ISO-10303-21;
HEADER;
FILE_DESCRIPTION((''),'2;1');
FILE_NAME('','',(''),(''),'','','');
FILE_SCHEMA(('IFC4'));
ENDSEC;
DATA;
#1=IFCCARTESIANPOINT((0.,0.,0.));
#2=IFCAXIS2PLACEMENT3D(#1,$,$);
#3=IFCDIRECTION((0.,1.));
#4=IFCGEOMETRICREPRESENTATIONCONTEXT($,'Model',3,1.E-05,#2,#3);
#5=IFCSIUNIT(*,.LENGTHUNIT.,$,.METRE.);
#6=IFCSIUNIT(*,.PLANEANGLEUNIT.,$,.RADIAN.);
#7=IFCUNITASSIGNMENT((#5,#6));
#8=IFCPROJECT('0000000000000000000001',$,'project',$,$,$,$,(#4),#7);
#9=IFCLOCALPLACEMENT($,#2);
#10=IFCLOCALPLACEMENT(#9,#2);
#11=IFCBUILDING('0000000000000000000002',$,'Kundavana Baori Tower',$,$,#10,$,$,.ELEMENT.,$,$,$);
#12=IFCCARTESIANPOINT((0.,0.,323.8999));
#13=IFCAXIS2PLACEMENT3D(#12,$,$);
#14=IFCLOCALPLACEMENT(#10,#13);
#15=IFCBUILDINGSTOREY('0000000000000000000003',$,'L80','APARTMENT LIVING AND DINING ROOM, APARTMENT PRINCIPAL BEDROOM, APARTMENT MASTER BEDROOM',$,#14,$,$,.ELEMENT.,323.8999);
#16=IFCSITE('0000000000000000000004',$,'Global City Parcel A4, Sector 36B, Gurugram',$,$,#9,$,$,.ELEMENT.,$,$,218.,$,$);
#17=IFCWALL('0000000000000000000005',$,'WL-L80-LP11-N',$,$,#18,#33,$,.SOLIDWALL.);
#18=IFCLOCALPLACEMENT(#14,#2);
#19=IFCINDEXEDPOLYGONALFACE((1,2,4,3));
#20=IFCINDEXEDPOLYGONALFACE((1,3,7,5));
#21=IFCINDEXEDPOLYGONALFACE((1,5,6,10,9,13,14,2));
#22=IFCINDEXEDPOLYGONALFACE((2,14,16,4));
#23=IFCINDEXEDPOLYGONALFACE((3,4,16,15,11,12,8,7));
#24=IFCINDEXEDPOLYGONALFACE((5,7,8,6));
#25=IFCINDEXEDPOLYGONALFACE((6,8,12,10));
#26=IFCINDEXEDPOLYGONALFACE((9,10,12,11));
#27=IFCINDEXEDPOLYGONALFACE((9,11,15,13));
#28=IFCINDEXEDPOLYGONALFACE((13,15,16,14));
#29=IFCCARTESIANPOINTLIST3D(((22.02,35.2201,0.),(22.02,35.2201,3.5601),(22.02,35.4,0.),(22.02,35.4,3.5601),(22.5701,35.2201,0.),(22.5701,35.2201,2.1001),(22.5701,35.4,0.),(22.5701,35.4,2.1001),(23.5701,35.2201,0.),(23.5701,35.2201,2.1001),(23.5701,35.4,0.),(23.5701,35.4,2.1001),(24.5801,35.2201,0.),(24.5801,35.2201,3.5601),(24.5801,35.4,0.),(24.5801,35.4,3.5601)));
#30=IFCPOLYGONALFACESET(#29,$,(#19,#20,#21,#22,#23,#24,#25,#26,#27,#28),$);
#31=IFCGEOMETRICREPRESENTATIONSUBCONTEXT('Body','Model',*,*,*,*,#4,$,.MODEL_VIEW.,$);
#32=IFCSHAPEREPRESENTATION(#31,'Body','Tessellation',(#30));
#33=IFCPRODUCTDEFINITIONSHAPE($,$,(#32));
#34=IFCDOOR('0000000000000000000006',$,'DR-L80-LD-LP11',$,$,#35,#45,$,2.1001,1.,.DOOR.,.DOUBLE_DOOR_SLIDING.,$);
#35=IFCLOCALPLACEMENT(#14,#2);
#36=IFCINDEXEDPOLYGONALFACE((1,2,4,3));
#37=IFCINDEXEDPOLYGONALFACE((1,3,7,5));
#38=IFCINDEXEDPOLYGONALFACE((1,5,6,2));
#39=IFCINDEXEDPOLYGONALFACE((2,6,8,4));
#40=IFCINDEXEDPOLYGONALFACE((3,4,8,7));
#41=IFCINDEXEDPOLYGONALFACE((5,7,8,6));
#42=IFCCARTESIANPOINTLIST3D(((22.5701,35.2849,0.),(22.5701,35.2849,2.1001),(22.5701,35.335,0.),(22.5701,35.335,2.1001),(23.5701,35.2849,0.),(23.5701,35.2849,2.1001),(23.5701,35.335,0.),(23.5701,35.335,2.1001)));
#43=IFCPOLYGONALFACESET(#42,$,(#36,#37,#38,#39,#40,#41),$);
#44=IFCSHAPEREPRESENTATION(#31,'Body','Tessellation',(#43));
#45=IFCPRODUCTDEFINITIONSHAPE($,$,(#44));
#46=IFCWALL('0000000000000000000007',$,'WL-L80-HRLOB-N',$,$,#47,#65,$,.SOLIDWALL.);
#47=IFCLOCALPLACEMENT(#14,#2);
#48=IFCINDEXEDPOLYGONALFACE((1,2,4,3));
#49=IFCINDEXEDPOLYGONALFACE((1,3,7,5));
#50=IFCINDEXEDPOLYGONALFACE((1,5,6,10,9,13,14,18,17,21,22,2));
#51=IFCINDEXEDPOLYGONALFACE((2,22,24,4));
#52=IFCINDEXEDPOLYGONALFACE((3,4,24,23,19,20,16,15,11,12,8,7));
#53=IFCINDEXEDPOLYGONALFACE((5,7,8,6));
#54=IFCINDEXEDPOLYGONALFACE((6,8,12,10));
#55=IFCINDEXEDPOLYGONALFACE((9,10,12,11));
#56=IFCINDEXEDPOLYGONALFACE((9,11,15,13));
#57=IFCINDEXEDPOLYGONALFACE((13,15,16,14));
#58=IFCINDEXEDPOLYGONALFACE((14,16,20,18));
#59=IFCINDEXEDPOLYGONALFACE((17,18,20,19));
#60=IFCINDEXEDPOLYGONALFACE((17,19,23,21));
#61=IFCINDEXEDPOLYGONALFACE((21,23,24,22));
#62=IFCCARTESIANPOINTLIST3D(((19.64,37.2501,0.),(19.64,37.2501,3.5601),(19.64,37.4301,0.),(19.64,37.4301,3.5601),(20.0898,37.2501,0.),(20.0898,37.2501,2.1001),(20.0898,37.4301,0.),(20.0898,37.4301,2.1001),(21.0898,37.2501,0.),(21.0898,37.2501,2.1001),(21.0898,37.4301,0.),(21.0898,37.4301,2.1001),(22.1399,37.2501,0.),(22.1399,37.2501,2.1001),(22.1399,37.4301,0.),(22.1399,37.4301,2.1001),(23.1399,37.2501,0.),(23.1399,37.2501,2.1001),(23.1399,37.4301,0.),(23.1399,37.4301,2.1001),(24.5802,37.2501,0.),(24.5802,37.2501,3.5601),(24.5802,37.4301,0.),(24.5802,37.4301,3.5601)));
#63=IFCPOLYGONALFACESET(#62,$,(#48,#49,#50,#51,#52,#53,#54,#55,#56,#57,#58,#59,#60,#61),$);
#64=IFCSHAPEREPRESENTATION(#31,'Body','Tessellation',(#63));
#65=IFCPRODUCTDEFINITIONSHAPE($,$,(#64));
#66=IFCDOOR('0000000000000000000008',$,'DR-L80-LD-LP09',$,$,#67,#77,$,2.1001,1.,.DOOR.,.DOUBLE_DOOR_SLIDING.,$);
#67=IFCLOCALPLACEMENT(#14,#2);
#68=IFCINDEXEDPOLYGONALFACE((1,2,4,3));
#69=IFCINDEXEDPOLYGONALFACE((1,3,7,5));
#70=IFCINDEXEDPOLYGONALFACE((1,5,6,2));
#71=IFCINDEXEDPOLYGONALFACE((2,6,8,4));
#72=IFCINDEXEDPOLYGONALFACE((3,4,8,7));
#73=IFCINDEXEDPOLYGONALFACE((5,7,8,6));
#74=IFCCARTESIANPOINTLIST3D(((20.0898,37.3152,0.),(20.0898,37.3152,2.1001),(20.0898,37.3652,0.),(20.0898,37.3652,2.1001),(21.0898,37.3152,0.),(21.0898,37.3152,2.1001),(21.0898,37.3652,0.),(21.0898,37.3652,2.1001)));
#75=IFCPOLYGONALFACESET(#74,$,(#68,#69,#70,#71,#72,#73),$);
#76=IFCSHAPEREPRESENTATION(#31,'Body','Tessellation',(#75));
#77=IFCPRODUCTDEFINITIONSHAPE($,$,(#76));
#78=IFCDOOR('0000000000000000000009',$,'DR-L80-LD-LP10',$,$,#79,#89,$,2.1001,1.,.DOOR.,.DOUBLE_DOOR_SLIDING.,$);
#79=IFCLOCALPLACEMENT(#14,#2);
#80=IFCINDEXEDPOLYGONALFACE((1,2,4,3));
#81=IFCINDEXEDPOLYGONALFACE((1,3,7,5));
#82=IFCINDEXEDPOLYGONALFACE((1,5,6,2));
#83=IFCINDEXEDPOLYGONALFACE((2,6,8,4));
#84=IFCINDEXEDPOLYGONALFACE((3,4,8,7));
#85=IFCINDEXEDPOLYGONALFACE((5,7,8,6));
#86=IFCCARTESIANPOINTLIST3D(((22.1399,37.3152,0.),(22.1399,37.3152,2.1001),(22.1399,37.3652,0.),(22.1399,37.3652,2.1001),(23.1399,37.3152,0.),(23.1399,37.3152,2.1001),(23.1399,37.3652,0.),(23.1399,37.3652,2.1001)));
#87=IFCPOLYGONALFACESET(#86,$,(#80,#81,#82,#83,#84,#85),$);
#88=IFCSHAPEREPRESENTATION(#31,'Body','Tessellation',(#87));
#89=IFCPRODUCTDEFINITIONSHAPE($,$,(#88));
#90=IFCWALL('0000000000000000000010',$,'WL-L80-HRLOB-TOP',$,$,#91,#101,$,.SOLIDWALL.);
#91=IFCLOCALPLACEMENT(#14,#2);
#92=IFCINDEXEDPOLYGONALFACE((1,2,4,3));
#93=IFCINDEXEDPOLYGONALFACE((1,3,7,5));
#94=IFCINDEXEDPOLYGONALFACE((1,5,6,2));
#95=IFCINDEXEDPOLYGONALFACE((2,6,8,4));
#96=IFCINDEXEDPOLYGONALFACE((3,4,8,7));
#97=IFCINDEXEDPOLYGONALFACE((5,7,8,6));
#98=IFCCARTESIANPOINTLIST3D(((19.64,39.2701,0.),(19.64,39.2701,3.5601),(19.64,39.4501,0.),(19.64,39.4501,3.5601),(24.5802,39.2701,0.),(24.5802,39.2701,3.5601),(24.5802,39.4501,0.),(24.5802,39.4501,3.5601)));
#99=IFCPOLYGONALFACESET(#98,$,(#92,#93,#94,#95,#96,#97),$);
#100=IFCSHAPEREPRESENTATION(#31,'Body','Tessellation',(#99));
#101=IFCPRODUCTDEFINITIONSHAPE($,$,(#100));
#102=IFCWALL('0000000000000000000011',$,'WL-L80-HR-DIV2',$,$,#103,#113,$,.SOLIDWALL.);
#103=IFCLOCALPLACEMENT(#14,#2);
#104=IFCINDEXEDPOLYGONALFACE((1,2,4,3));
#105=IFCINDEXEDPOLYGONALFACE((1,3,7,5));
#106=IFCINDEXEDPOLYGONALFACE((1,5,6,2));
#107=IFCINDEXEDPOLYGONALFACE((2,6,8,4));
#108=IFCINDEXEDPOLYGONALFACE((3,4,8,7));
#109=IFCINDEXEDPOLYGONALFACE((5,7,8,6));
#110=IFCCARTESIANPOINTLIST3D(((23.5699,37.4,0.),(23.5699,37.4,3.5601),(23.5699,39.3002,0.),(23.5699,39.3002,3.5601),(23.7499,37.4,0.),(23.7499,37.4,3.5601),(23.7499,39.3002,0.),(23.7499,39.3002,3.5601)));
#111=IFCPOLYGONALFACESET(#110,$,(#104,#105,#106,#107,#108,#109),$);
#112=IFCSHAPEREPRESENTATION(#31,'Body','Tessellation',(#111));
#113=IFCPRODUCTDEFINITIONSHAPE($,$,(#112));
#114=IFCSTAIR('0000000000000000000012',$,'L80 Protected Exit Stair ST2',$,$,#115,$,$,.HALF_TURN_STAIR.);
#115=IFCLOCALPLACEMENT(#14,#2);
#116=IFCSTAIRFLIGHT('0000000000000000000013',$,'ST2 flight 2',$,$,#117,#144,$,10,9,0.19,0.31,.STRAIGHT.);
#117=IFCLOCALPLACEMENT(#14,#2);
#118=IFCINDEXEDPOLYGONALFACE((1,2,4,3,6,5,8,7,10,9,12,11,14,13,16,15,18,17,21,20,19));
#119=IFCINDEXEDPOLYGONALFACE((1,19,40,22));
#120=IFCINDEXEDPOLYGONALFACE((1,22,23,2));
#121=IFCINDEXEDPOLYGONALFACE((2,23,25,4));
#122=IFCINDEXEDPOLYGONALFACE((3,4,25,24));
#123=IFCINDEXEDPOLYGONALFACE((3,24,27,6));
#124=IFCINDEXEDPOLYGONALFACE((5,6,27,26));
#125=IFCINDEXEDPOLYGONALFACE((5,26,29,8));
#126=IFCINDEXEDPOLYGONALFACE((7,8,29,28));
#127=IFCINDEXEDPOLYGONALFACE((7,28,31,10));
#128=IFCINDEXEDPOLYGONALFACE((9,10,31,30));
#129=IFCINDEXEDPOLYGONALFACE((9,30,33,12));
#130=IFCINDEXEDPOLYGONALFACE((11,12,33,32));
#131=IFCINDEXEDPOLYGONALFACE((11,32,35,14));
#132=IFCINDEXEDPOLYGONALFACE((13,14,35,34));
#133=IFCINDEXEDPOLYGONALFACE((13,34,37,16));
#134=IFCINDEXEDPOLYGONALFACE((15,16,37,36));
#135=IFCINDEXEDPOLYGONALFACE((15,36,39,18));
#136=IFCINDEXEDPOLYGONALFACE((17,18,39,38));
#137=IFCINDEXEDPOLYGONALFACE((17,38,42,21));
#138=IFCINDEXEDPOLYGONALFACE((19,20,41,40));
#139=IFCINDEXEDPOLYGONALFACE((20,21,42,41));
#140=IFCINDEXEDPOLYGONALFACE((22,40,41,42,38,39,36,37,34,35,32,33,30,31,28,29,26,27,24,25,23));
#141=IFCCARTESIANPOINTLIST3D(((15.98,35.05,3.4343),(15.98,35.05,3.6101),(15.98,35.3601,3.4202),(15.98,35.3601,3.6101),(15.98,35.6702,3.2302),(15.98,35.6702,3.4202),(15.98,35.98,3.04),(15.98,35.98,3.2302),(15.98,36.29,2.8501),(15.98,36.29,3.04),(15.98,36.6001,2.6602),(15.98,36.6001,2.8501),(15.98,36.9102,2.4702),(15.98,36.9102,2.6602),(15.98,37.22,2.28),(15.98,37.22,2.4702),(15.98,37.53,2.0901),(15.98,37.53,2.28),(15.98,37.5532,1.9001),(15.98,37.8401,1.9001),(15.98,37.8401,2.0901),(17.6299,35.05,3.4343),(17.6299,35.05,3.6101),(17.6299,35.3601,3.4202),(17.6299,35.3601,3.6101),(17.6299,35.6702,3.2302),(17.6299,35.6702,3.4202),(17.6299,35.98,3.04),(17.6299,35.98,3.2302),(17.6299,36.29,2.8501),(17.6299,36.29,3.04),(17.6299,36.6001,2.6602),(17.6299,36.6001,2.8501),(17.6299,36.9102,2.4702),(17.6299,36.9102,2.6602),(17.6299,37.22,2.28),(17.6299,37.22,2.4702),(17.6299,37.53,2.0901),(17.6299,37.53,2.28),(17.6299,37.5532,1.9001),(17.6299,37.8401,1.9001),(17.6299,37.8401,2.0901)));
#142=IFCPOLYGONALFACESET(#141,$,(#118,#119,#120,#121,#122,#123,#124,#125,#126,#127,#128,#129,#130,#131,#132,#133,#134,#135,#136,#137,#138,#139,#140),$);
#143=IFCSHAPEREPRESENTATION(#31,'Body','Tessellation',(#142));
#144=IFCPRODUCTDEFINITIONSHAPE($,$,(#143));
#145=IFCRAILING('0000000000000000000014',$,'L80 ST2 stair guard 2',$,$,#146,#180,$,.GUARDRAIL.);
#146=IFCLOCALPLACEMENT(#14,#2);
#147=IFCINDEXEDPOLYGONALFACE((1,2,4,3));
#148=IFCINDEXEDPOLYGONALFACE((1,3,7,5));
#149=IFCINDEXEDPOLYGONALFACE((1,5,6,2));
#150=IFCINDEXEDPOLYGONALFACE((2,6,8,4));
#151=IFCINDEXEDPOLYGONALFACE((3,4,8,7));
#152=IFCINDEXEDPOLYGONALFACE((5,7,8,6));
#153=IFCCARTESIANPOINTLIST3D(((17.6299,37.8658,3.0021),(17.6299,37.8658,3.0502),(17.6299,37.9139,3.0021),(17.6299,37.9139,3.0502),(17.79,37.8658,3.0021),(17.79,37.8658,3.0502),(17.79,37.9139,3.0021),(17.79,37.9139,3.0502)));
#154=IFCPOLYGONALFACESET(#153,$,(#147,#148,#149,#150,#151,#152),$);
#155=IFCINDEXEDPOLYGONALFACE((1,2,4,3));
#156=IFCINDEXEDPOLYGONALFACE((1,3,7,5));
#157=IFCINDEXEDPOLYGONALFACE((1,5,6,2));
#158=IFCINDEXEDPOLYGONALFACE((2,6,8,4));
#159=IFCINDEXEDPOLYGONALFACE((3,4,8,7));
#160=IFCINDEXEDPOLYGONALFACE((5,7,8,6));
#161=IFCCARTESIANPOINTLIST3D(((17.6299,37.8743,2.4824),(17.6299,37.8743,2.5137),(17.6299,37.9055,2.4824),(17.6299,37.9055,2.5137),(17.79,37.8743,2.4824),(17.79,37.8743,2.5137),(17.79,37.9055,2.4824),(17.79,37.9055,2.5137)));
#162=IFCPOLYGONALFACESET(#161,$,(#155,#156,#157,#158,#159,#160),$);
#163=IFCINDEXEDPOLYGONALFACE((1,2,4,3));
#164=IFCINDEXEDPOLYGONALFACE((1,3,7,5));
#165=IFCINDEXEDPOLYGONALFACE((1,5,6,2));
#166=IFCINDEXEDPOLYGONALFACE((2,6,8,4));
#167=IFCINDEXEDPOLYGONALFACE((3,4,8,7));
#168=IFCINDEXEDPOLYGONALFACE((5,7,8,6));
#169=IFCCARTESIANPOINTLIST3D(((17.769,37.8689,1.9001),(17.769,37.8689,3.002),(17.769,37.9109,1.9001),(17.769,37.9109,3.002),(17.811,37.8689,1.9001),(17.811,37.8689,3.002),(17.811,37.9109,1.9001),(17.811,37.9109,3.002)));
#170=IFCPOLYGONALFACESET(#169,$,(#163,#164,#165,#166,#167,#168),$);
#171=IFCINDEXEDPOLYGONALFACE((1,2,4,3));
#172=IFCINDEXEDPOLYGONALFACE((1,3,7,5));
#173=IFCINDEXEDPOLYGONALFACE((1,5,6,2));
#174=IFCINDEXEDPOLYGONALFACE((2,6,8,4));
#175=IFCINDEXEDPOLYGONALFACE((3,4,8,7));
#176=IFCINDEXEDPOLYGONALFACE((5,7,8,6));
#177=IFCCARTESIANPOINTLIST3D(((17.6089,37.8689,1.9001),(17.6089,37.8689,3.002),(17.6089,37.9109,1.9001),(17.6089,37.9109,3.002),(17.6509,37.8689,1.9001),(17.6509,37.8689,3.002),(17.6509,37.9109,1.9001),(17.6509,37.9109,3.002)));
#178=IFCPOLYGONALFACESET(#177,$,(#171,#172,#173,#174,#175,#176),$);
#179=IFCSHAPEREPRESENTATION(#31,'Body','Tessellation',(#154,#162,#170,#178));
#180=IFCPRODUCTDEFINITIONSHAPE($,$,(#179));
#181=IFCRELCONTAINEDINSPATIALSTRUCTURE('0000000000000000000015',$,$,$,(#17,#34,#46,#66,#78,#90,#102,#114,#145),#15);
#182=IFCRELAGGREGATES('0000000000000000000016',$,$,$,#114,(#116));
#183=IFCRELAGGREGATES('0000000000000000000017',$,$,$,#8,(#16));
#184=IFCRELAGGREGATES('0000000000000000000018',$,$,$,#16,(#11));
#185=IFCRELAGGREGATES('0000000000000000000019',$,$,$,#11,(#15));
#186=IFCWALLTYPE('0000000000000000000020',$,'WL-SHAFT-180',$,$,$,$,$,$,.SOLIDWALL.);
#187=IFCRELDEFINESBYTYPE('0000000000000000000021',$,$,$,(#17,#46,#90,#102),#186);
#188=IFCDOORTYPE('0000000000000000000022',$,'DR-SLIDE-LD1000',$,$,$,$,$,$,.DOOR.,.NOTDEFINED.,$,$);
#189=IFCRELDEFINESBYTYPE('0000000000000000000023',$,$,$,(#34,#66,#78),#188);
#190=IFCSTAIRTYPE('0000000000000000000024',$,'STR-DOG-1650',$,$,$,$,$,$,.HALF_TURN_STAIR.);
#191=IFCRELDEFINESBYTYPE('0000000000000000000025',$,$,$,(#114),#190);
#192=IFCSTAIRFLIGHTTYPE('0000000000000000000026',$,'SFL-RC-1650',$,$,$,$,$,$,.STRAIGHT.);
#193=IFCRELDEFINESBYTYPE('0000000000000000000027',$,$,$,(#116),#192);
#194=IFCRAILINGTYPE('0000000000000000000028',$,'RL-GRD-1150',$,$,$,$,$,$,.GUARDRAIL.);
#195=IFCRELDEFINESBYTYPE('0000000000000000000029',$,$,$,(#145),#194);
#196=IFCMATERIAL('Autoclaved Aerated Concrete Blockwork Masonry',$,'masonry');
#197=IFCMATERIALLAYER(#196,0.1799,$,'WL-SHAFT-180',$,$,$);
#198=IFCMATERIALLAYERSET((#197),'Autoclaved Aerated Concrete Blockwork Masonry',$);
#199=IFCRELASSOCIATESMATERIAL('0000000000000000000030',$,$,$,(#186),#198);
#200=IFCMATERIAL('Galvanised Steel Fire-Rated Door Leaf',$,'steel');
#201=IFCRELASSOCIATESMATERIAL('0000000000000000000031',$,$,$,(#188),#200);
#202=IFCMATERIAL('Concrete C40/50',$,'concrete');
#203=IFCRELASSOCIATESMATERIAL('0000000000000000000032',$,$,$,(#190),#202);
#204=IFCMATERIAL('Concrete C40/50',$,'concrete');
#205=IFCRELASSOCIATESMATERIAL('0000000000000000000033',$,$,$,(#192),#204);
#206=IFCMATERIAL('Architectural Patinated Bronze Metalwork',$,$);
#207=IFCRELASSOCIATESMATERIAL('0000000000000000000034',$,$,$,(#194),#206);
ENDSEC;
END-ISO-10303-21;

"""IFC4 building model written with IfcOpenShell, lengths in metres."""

from ifc_helpers import new_model, si_unit, direction, frame, frame_2d, origin, origin_2d, place, context, subcontext, project, spatial, polyline, rectangle, outline, extrude, material, layer, layer_set, type_object, element, fill, aggregate, save


model = new_model("IFC4")

# Units and contexts
model_context = context("Model", 3, precision=1e-05, world=origin(), true_north=direction((0.0, 1.0)))
body_context = subcontext(model_context, "Body", "Model", "MODEL_VIEW")
ifc_project = project(units=[si_unit("LENGTHUNIT", "METRE"), si_unit("PLANEANGLEUNIT", "RADIAN")], contexts=[model_context])

# Site, building, storey
site_placement = place(None, origin())
site = spatial("IfcSite", under=ifc_project, at=site_placement, Name="Global City Parcel A4, Sector 36B, Gurugram", CompositionType="ELEMENT", RefElevation=218.0)
building_placement = place(site_placement, origin())
building = spatial("IfcBuilding", under=site, at=building_placement, Name="Kundavana Baori Tower", CompositionType="ELEMENT")
storey_placement = place(building_placement, frame((0.0, 0.0, 323.8999)))
storey = spatial("IfcBuildingStorey", under=building, at=storey_placement, Name="L80", Description="APARTMENT LIVING AND DINING ROOM, APARTMENT PRINCIPAL BEDROOM, APARTMENT MASTER BEDROOM", CompositionType="ELEMENT", Elevation=323.8999)

# Wall, opening, door
ifc_material_1 = material(Name="Autoclaved Aerated Concrete Blockwork Masonry", Category="masonry")
ifc_layer_1 = layer(ifc_material_1, 0.1799, Name="WL-SHAFT-180")
ifc_layer_set_1 = layer_set([ifc_layer_1], Name="Autoclaved Aerated Concrete Blockwork Masonry")
wall_type_1 = type_object("IfcWallType", Name="WL-SHAFT-180", PredefinedType="SOLIDWALL", material=ifc_layer_set_1)
wall_1_placement = place(storey_placement, frame((22.02, 35.3101, 0.0), z_axis=(0.0, 0.0, 1.0), x_axis=(1.0, 0.0, 0.0)))
wall_1 = element("IfcWall", 1, at=wall_1_placement, inside=storey, type_object=wall_type_1, Name="WL-L80-LP11-N", PredefinedType="SOLIDWALL", context=body_context, shape_type="SweptSolid", body=[
    extrude(rectangle(XDim=2.5601, YDim=0.1799, at=frame_2d((1.28, 0.0))), origin(), (0.0, 0.0, 1.0), 3.5601),
])
opening_1_placement = place(wall_1_placement, frame((0.55, 0.0, 0.0)))
opening_1 = element("IfcOpeningElement", 2, at=opening_1_placement, cuts=wall_1, PredefinedType="OPENING", context=body_context, shape_type="SweptSolid", body=[
    extrude(rectangle(XDim=1.0, YDim=2.1001, at=frame_2d((0.5, 1.05))), frame((0.0, 0.1001, 0.0), z_axis=(0.0, -1.0, 0.0), x_axis=(1.0, 0.0, 0.0)), (0.0, 0.0, 1.0), 0.2),
])
ifc_material_2 = material(Name="Galvanised Steel Fire-Rated Door Leaf", Category="steel")
door_type_1 = type_object("IfcDoorType", Name="DR-SLIDE-LD1000", OperationType="NOTDEFINED", PredefinedType="DOOR", material=ifc_material_2)
door_1_placement = place(opening_1_placement, origin())
door_1 = element("IfcDoor", 3, at=door_1_placement, inside=storey, type_object=door_type_1, Name="DR-L80-LD-LP11", OperationType="DOUBLE_DOOR_SLIDING", OverallHeight=2.1001, OverallWidth=1.0, PredefinedType="DOOR", context=body_context, shape_type="SweptSolid", body=[
    extrude(rectangle(XDim=1.0, YDim=2.1001, at=frame_2d((0.5, 1.05))), frame((0.0, 0.0249, 0.0), z_axis=(0.0, -1.0, 0.0), x_axis=(1.0, 0.0, 0.0)), (0.0, 0.0, 1.0), 0.05),
])
fill(opening_1, door_1)

# Wall, openings, doors
wall_2_placement = place(storey_placement, frame((19.6399, 37.3401, 0.0), z_axis=(0.0, 0.0, 1.0), x_axis=(1.0, 0.0, 0.0)))
wall_2 = element("IfcWall", 4, at=wall_2_placement, inside=storey, type_object=wall_type_1, Name="WL-L80-HRLOB-N", PredefinedType="SOLIDWALL", context=body_context, shape_type="SweptSolid", body=[
    extrude(rectangle(XDim=4.9402, YDim=0.1799, at=frame_2d((2.4702, 0.0))), origin(), (0.0, 0.0, 1.0), 3.5601),
])
opening_2_placement = place(wall_2_placement, frame((0.45, 0.0, 0.0)))
opening_2 = element("IfcOpeningElement", 5, at=opening_2_placement, cuts=wall_2, PredefinedType="OPENING", context=body_context, shape_type="SweptSolid", body=[
    extrude(rectangle(XDim=1.0, YDim=2.1001, at=frame_2d((0.5, 1.05))), frame((0.0, 0.1001, 0.0), z_axis=(0.0, -1.0, 0.0), x_axis=(1.0, 0.0, 0.0)), (0.0, 0.0, 1.0), 0.2),
])
opening_3_placement = place(wall_2_placement, frame((2.5, 0.0, 0.0)))
opening_3 = element("IfcOpeningElement", 6, at=opening_3_placement, cuts=wall_2, PredefinedType="OPENING", context=body_context, shape_type="SweptSolid", body=[
    extrude(rectangle(XDim=1.0, YDim=2.1001, at=frame_2d((0.5, 1.05))), frame((0.0, 0.1001, 0.0), z_axis=(0.0, -1.0, 0.0), x_axis=(1.0, 0.0, 0.0)), (0.0, 0.0, 1.0), 0.2),
])
door_2_placement = place(opening_2_placement, frame((1.0, 0.0, 0.0), z_axis=(0.0, 0.0, 1.0), x_axis=(-1.0, 0.0, 0.0)))
door_2 = element("IfcDoor", 7, at=door_2_placement, inside=storey, type_object=door_type_1, Name="DR-L80-LD-LP09", OperationType="DOUBLE_DOOR_SLIDING", OverallHeight=2.1001, OverallWidth=1.0, PredefinedType="DOOR", context=body_context, shape_type="SweptSolid", body=[
    extrude(rectangle(XDim=1.0, YDim=2.1001, at=frame_2d((0.5, 1.05))), frame((0.0, 0.0249, 0.0), z_axis=(0.0, -1.0, 0.0), x_axis=(1.0, 0.0, 0.0)), (0.0, 0.0, 1.0), 0.05),
])
fill(opening_2, door_2)
door_3_placement = place(opening_3_placement, frame((1.0, 0.0, 0.0), z_axis=(0.0, 0.0, 1.0), x_axis=(-1.0, 0.0, 0.0)))
door_3 = element("IfcDoor", 8, at=door_3_placement, inside=storey, type_object=door_type_1, Name="DR-L80-LD-LP10", OperationType="DOUBLE_DOOR_SLIDING", OverallHeight=2.1001, OverallWidth=1.0, PredefinedType="DOOR", context=body_context, shape_type="SweptSolid", body=[
    extrude(rectangle(XDim=1.0, YDim=2.1001, at=frame_2d((0.5, 1.05))), frame((0.0, 0.0249, 0.0), z_axis=(0.0, -1.0, 0.0), x_axis=(1.0, 0.0, 0.0)), (0.0, 0.0, 1.0), 0.05),
])
fill(opening_3, door_3)

# Walls
wall_3_placement = place(storey_placement, frame((19.6399, 39.3601, 0.0), z_axis=(0.0, 0.0, 1.0), x_axis=(1.0, 0.0, 0.0)))
element("IfcWall", 9, at=wall_3_placement, inside=storey, type_object=wall_type_1, Name="WL-L80-HRLOB-TOP", PredefinedType="SOLIDWALL", context=body_context, shape_type="SweptSolid", body=[
    extrude(rectangle(XDim=4.9402, YDim=0.1799, at=frame_2d((2.4702, 0.0))), origin(), (0.0, 0.0, 1.0), 3.5601),
])
wall_4_placement = place(storey_placement, frame((23.6599, 37.3999, 0.0), z_axis=(0.0, 0.0, 1.0), x_axis=(0.0, 1.0, 0.0)))
element("IfcWall", 10, at=wall_4_placement, inside=storey, type_object=wall_type_1, Name="WL-L80-HR-DIV2", PredefinedType="SOLIDWALL", context=body_context, shape_type="SweptSolid", body=[
    extrude(rectangle(XDim=1.9001, YDim=0.1799, at=frame_2d((0.9502, 0.0))), origin(), (0.0, 0.0, 1.0), 3.5601),
])

# Stair, stair flight
ifc_material_3 = material(Name="Concrete C40/50", Category="concrete")
stair_type = type_object("IfcStairType", Name="STR-DOG-1650", PredefinedType="HALF_TURN_STAIR", material=ifc_material_3)
stair_placement = place(storey_placement, origin())
stair = element("IfcStair", 11, at=stair_placement, inside=storey, type_object=stair_type, Name="L80 Protected Exit Stair ST2", PredefinedType="HALF_TURN_STAIR")
ifc_material_4 = material(Name="Concrete C40/50", Category="concrete")
stair_flight_type = type_object("IfcStairFlightType", Name="SFL-RC-1650", PredefinedType="STRAIGHT", material=ifc_material_4)
stair_flight_placement = place(storey_placement, frame((16.8049, 37.8401, 1.9001), z_axis=(0.0, 0.0, 1.0), x_axis=(0.0, -1.0, 0.0)))
stair_flight = element("IfcStairFlight", 12, at=stair_flight_placement, type_object=stair_flight_type, Name="ST2 flight 2", NumberOfRisers=10, NumberOfTreads=9, PredefinedType="STRAIGHT", RiserHeight=0.19, TreadLength=0.31, context=body_context, shape_type="SweptSolid", body=[
    extrude(outline(polyline([(0.0, 0.0), (0.0, 0.1899), (0.3101, 0.1899), (0.3101, 0.3799), (0.6201, 0.3799), (0.6201, 0.5701), (0.9299, 0.5701), (0.9299, 0.76), (1.24, 0.76), (1.24, 0.95), (1.55, 0.95), (1.55, 1.1399), (1.8601, 1.1399), (1.8601, 1.3301), (2.1699, 1.3301), (2.1699, 1.52), (2.48, 1.52), (2.48, 1.71), (2.79, 1.71), (2.79, 1.8999), (2.79, 1.5342), (0.2869, 0.0), (0.0, 0.0)])), frame((0.0, 0.825, 0.0), z_axis=(0.0, -1.0, 0.0), x_axis=(1.0, 0.0, 0.0)), (0.0, 0.0, 1.0), 1.6499),
])
aggregate(stair, [stair_flight])

# Railing
ifc_material_5 = material(Name="Architectural Patinated Bronze Metalwork")
railing_type_1 = type_object("IfcRailingType", Name="RL-GRD-1150", PredefinedType="GUARDRAIL", material=ifc_material_5)
railing_1_placement = place(storey_placement, frame((17.79, 37.8899, 1.9001)))
element("IfcRailing", 13, at=railing_1_placement, inside=storey, type_object=railing_type_1, Name="L80 ST2 stair guard 2", PredefinedType="GUARDRAIL", context=body_context, shape_type="SweptSolid", body=[
    extrude(rectangle(XDim=0.0481, YDim=0.0481, at=origin_2d()), frame((0.0, 0.0, 1.126), z_axis=(-1.0, 0.0, 0.0), x_axis=(0.0, -1.0, 0.0)), (0.0, 0.0, 1.0), 0.1602),
    extrude(rectangle(XDim=0.0312, YDim=0.0312, at=origin_2d()), frame((0.0, 0.0, 0.5979), z_axis=(-1.0, 0.0, 0.0), x_axis=(0.0, -1.0, 0.0)), (0.0, 0.0, 1.0), 0.1602),
    extrude(rectangle(XDim=0.042, YDim=0.042, at=origin_2d()), origin(), (0.0, 0.0, 1.0), 1.1018),
    extrude(rectangle(XDim=0.042, YDim=0.042, at=origin_2d()), frame((-0.1602, 0.0, 0.0)), (0.0, 0.0, 1.0), 1.1018),
])

save(model, "model.ifc")
